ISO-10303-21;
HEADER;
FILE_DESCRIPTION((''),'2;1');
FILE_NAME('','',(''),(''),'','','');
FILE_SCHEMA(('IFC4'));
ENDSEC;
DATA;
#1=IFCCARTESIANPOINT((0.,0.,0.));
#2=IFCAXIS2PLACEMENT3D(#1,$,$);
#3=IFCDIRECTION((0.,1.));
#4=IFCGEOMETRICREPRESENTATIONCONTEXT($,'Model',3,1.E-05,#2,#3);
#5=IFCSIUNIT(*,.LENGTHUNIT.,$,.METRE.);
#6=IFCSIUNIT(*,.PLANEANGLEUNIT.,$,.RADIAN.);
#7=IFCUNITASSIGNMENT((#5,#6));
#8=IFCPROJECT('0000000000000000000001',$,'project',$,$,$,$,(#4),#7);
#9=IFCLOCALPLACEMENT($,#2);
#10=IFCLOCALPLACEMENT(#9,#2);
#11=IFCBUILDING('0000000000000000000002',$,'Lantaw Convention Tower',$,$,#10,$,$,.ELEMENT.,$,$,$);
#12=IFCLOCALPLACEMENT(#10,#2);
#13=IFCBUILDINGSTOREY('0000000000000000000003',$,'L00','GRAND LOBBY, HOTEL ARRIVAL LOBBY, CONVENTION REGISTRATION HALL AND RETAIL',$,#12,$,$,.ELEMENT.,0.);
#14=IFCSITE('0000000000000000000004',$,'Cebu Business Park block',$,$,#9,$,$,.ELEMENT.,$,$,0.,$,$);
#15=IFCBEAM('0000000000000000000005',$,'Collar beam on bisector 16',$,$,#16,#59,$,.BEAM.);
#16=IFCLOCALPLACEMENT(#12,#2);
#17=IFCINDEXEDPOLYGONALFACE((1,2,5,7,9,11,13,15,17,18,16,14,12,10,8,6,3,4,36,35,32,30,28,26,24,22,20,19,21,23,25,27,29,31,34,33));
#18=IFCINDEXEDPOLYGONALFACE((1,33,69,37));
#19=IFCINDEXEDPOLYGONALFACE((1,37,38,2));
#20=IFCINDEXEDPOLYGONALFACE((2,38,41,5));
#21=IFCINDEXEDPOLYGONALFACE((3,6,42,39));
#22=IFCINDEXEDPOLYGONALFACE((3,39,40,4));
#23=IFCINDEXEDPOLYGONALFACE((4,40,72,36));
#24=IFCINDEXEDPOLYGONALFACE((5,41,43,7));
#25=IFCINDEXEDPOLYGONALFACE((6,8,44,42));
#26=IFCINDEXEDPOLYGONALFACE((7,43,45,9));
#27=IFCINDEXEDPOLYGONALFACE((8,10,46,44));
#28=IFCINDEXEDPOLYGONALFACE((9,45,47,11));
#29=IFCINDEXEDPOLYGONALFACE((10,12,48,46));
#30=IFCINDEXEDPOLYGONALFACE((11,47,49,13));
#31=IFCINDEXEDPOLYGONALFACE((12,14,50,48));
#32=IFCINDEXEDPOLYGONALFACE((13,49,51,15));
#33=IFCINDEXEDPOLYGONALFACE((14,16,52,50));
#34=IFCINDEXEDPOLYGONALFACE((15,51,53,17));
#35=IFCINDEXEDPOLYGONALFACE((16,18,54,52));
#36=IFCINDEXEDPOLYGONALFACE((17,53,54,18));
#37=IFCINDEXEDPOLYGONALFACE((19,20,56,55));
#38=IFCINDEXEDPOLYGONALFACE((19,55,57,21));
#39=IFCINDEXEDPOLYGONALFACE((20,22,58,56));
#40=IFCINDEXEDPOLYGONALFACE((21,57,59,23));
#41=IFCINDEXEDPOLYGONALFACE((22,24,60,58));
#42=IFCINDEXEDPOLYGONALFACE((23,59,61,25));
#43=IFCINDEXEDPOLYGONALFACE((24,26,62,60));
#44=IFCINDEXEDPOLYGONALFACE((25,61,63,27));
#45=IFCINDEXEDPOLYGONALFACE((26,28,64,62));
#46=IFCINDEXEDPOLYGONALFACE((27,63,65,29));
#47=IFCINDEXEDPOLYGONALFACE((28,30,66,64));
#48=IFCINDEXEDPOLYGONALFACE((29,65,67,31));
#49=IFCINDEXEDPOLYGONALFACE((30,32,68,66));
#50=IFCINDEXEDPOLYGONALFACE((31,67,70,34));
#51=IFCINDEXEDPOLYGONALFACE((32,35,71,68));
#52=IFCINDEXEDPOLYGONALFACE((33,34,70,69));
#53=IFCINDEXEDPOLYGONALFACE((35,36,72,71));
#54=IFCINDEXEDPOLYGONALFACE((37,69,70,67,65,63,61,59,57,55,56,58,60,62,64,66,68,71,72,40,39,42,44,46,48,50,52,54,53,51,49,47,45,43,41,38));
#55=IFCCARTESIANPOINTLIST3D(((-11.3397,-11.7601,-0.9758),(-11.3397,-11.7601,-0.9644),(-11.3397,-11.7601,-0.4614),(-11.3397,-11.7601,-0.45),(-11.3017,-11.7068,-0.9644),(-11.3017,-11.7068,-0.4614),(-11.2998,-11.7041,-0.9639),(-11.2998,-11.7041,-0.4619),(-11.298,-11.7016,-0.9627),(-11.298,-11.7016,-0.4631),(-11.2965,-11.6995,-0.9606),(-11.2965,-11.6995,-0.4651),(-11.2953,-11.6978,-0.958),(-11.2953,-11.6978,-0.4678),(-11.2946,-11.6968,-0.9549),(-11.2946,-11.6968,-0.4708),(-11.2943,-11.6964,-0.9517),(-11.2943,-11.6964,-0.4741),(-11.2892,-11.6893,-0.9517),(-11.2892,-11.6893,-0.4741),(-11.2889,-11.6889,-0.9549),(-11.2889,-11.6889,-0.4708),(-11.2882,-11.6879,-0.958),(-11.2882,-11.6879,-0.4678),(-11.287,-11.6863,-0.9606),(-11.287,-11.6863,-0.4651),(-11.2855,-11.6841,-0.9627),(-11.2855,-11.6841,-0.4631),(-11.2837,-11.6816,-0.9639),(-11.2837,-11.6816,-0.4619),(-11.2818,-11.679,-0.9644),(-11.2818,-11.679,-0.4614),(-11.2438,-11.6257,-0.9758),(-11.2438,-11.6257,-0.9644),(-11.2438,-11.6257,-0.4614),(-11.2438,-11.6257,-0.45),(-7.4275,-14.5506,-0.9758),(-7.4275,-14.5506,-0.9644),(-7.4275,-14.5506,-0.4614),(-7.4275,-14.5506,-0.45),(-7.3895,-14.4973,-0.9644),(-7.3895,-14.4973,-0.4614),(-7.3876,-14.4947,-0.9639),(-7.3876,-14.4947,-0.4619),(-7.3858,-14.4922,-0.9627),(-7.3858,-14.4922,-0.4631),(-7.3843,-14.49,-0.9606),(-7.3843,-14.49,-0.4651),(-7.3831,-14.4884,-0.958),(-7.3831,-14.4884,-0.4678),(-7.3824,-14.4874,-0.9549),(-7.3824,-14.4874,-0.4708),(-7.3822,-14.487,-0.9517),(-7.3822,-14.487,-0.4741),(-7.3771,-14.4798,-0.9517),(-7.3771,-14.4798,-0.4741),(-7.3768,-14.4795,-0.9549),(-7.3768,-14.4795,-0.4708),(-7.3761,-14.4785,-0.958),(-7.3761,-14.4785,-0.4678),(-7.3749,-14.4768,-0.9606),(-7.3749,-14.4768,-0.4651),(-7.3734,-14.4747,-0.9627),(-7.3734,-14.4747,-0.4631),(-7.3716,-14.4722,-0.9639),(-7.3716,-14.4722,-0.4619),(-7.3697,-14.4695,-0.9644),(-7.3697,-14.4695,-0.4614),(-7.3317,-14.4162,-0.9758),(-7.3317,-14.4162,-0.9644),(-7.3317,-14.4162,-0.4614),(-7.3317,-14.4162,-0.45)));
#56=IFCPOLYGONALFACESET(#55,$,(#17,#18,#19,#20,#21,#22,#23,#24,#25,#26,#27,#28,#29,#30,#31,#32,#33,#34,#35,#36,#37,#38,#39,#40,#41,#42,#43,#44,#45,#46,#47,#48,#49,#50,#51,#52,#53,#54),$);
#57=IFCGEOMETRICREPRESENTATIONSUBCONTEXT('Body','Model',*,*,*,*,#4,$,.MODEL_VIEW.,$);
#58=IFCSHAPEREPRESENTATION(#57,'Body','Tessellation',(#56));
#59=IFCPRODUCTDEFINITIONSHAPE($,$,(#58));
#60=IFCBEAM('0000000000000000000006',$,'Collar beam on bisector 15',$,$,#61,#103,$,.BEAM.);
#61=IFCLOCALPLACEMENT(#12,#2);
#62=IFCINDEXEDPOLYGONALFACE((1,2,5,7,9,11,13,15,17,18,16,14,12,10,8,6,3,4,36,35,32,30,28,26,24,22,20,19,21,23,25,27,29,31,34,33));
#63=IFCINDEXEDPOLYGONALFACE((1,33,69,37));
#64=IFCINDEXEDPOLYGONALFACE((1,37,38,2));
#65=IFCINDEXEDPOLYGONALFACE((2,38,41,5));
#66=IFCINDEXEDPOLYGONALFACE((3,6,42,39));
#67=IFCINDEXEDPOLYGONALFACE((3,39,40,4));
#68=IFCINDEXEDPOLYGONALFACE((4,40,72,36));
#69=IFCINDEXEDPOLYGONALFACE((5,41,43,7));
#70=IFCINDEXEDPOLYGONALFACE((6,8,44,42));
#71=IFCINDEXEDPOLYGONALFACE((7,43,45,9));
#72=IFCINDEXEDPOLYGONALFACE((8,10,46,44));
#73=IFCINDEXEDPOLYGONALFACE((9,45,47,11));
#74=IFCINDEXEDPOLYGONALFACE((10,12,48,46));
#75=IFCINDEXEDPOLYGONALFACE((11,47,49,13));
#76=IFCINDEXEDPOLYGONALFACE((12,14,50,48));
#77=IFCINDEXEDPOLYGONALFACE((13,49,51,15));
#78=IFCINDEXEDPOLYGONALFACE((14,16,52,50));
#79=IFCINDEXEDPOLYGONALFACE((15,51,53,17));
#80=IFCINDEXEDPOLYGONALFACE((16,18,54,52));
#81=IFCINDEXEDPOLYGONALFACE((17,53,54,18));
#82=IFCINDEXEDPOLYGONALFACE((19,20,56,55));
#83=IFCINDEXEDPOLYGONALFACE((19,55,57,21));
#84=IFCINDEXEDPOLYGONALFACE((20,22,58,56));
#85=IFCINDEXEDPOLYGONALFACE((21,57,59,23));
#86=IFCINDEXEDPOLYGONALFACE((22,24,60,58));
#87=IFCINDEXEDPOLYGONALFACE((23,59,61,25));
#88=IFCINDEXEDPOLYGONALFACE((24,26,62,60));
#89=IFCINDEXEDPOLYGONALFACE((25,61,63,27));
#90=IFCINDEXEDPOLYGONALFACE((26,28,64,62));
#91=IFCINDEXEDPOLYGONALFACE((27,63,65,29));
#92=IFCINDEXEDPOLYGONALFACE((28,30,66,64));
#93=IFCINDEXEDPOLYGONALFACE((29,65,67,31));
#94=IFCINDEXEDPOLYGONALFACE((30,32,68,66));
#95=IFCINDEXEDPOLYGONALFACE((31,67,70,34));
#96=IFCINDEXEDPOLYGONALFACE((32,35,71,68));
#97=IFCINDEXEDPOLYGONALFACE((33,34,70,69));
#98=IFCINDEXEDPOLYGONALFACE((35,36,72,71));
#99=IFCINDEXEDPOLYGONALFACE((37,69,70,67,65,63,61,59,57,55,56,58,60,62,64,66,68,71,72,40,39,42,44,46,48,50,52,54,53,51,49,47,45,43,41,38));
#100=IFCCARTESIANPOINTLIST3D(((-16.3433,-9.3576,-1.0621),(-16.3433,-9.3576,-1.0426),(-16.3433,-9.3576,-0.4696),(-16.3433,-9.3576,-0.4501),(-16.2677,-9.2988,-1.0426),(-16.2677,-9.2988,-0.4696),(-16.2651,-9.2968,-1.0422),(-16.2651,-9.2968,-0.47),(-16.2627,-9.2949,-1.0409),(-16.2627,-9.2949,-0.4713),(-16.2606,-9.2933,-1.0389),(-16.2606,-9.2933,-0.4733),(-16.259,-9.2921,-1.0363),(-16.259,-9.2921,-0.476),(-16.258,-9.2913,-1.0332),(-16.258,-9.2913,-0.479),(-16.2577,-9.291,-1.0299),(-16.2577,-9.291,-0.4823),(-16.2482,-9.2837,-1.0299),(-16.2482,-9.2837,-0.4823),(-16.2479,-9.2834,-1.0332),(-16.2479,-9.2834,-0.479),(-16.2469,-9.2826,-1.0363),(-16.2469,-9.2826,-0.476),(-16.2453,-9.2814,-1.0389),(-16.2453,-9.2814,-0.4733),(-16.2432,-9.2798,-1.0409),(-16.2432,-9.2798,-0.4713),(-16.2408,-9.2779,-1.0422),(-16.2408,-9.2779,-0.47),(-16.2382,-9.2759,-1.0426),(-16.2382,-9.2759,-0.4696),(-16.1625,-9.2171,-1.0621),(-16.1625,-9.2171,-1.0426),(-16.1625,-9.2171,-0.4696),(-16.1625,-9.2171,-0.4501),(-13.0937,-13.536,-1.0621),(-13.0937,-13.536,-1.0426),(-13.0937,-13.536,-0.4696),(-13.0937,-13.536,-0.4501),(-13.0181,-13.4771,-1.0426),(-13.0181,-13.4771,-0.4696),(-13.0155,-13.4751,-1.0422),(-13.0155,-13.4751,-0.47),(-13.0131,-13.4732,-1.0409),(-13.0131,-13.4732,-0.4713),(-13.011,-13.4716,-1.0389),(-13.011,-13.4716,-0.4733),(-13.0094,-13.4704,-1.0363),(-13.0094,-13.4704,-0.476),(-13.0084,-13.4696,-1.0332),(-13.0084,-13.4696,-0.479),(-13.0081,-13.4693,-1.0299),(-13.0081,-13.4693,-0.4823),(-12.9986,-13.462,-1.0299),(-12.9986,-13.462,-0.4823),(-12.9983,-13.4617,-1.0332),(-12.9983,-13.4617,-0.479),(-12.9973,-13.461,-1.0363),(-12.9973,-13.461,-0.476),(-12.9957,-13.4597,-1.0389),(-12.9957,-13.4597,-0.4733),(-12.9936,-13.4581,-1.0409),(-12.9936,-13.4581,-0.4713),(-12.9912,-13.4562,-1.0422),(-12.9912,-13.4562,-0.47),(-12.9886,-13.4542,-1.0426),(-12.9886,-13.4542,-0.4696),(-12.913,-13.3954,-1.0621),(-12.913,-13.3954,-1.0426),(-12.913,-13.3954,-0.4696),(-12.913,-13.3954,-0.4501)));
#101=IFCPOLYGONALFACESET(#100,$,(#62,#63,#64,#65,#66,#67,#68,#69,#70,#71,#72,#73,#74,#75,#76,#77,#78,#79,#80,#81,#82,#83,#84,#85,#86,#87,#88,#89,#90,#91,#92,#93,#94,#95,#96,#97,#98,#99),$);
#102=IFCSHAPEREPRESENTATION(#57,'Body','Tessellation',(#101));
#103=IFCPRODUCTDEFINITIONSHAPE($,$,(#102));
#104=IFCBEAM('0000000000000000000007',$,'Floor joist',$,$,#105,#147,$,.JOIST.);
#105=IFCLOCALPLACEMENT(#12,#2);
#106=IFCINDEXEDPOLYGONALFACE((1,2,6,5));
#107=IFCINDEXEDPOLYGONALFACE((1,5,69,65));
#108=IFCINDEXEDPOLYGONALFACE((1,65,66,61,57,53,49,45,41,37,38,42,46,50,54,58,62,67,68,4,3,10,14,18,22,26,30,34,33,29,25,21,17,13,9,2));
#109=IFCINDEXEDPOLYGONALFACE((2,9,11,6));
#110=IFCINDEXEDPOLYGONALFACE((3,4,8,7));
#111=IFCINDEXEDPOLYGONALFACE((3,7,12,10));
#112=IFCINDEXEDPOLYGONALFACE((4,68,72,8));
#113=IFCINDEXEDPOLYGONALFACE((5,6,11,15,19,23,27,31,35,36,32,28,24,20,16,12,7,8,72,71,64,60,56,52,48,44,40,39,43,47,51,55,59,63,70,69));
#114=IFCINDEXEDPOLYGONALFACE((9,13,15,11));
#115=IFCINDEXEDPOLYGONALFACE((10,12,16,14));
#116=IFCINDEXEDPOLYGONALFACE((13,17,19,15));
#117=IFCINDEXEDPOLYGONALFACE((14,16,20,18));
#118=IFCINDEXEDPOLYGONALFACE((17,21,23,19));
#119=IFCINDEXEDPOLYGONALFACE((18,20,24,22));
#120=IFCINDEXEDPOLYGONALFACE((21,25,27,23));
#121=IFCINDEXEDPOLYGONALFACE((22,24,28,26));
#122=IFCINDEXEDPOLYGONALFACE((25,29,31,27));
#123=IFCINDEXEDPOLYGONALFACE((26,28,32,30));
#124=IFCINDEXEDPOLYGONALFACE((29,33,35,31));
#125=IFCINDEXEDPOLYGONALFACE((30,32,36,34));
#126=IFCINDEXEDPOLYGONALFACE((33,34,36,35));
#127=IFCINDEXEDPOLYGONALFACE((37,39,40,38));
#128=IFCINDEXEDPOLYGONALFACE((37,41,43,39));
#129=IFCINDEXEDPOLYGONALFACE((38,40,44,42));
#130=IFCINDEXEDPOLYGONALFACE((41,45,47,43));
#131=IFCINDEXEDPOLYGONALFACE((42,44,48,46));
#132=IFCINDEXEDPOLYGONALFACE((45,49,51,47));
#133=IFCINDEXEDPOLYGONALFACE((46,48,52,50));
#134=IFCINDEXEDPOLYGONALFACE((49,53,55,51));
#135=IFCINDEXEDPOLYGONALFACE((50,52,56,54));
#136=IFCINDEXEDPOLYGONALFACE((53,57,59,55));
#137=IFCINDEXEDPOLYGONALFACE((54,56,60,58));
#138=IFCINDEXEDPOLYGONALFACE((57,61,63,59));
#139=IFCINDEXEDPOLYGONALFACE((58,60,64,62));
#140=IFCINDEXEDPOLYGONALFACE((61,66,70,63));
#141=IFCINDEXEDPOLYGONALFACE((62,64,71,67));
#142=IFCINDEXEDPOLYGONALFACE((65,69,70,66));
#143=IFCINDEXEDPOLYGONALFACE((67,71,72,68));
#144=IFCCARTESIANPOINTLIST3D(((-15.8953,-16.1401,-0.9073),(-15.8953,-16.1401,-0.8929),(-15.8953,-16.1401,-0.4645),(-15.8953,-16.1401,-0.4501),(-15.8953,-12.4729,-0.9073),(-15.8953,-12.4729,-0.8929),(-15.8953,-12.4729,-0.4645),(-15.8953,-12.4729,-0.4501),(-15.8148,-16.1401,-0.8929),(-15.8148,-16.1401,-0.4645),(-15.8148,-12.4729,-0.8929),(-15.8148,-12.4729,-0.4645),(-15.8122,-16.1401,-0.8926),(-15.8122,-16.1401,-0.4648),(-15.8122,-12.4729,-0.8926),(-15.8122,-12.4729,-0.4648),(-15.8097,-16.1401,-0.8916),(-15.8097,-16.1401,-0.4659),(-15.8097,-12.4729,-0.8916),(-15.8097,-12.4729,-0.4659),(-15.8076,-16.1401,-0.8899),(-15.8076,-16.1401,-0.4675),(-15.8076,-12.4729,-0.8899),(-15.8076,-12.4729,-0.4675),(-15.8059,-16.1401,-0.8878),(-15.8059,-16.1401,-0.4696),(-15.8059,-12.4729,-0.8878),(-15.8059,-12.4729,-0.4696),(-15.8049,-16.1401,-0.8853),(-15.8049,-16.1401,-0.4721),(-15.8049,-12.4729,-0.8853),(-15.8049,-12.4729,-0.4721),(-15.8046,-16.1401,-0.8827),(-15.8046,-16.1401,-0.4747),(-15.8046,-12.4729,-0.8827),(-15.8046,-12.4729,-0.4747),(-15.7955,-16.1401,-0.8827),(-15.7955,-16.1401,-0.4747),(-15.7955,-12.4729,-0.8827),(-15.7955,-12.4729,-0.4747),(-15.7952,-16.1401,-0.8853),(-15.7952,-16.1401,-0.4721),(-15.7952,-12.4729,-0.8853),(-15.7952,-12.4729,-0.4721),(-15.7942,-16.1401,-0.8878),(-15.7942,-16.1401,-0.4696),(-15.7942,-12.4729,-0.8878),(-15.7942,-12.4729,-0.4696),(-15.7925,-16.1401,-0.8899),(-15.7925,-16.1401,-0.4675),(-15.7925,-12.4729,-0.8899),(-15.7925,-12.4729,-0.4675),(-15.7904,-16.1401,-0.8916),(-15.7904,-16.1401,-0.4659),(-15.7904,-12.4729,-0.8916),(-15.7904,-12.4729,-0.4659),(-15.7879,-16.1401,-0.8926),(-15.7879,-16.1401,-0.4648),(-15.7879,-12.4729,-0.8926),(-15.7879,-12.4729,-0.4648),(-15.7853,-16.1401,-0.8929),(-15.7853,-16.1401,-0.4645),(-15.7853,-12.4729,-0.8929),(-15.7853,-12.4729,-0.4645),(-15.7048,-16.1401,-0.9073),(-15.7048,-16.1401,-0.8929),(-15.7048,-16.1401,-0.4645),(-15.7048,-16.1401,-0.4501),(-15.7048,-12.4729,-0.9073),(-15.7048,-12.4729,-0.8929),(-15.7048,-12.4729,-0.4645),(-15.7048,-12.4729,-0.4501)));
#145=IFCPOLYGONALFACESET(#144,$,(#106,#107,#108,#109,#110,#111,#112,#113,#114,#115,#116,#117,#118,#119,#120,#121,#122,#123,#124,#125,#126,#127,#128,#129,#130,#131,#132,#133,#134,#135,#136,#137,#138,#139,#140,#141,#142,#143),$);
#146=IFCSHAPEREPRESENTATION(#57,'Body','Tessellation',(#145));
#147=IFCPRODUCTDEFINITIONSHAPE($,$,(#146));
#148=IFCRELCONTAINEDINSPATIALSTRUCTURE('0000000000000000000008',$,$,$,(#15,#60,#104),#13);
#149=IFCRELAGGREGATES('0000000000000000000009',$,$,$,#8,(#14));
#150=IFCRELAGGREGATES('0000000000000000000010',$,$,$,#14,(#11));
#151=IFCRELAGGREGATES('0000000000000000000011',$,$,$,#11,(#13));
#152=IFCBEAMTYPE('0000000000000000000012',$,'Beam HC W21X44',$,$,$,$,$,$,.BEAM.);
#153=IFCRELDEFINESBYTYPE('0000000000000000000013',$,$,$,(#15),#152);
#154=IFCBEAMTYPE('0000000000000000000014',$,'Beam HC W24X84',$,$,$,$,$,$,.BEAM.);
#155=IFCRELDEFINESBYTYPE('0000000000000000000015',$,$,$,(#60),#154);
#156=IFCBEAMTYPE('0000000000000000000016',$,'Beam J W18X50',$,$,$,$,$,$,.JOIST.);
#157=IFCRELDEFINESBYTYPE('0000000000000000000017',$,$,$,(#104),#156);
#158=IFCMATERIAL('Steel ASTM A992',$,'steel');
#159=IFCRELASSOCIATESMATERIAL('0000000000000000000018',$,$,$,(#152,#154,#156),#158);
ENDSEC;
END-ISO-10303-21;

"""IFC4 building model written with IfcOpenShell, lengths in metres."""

from ifc_helpers import new_model, si_unit, direction, frame, origin, origin_2d, place, context, subcontext, project, spatial, i_section, extrude, material, material_profile, profile_set, type_object, element, save


model = new_model("IFC4")

# Units and contexts
model_context = context("Model", 3, precision=1e-05, world=origin(), true_north=direction((0.0, 1.0)))
body_context = subcontext(model_context, "Body", "Model", "MODEL_VIEW")
ifc_project = project(units=[si_unit("LENGTHUNIT", "METRE"), si_unit("PLANEANGLEUNIT", "RADIAN")], contexts=[model_context])

# Site, building, storey
site_placement = place(None, origin())
site = spatial("IfcSite", under=ifc_project, at=site_placement, Name="Cebu Business Park block", CompositionType="ELEMENT", RefElevation=0.0)
building_placement = place(site_placement, origin())
building = spatial("IfcBuilding", under=site, at=building_placement, Name="Lantaw Convention Tower", CompositionType="ELEMENT")
storey_placement = place(building_placement, origin())
storey = spatial("IfcBuildingStorey", under=building, at=storey_placement, Name="L00", Description="GRAND LOBBY, HOTEL ARRIVAL LOBBY, CONVENTION REGISTRATION HALL AND RETAIL", CompositionType="ELEMENT", Elevation=0.0)

# Beams
ifc_material_1 = material(Name="Steel ASTM A992", Category="steel")
ifc_material_profile_1 = material_profile(ifc_material_1, i_section(OverallWidth=0.165, OverallDepth=0.5259, WebThickness=0.0088, FlangeThickness=0.0115, FilletRadius=0.0127, at=origin_2d()), Name="W21X44")
ifc_profile_set_1 = profile_set([ifc_material_profile_1], Name="Steel ASTM A992")
beam_type_1 = type_object("IfcBeamType", Name="Beam HC W21X44", PredefinedType="BEAM", material=ifc_profile_set_1)
beam_1_placement = place(storey_placement, frame((-11.2917, -11.6929, -0.7129), z_axis=(0.814111, -0.580709, 0.0), x_axis=(0.580709, 0.814111, 0.0)))
element("IfcBeam", 1, at=beam_1_placement, inside=storey, type_object=beam_type_1, Name="Collar beam on bisector 16", PredefinedType="BEAM", context=body_context, shape_type="SweptSolid", body=[
    extrude(i_section(OverallWidth=0.165, OverallDepth=0.5259, WebThickness=0.0088, FlangeThickness=0.0115, FilletRadius=0.0127, at=origin_2d()), origin(), (0.0, 0.0, 1.0), 4.8054),
])
ifc_material_profile_2 = material_profile(ifc_material_1, i_section(OverallWidth=0.229, OverallDepth=0.6121, WebThickness=0.012, FlangeThickness=0.0195, FilletRadius=0.0127, at=origin_2d()), Name="W24X84")
ifc_profile_set_2 = profile_set([ifc_material_profile_2], Name="Steel ASTM A992")
beam_type_2 = type_object("IfcBeamType", Name="Beam HC W24X84", PredefinedType="BEAM", material=ifc_profile_set_2)
beam_2_placement = place(storey_placement, frame((-16.2529, -9.2874, -0.7561), z_axis=(0.613915, -0.789372, 0.0), x_axis=(0.789372, 0.613915, 0.0)))
element("IfcBeam", 2, at=beam_2_placement, inside=storey, type_object=beam_type_2, Name="Collar beam on bisector 15", PredefinedType="BEAM", context=body_context, shape_type="SweptSolid", body=[
    extrude(i_section(OverallWidth=0.229, OverallDepth=0.6121, WebThickness=0.012, FlangeThickness=0.0195, FilletRadius=0.0127, at=origin_2d()), origin(), (0.0, 0.0, 1.0), 5.2932),
])
ifc_material_profile_3 = material_profile(ifc_material_1, i_section(OverallWidth=0.1904, OverallDepth=0.4573, WebThickness=0.009, FlangeThickness=0.0144, FilletRadius=0.0103, at=origin_2d()), Name="W18X50")
ifc_profile_set_3 = profile_set([ifc_material_profile_3], Name="Steel ASTM A992")
beam_type_3 = type_object("IfcBeamType", Name="Beam J W18X50", PredefinedType="JOIST", material=ifc_profile_set_3)
beam_3_placement = place(storey_placement, frame((-15.8, -16.1401, -0.6787), z_axis=(0.0, 1.0, 0.0), x_axis=(-1.0, 0.0, 0.0)))
element("IfcBeam", 3, at=beam_3_placement, inside=storey, type_object=beam_type_3, Name="Floor joist", PredefinedType="JOIST", context=body_context, shape_type="SweptSolid", body=[
    extrude(i_section(OverallWidth=0.1904, OverallDepth=0.4573, WebThickness=0.009, FlangeThickness=0.0144, FilletRadius=0.0103, at=origin_2d()), origin(), (0.0, 0.0, 1.0), 3.6672),
])

save(model, "model.ifc")
